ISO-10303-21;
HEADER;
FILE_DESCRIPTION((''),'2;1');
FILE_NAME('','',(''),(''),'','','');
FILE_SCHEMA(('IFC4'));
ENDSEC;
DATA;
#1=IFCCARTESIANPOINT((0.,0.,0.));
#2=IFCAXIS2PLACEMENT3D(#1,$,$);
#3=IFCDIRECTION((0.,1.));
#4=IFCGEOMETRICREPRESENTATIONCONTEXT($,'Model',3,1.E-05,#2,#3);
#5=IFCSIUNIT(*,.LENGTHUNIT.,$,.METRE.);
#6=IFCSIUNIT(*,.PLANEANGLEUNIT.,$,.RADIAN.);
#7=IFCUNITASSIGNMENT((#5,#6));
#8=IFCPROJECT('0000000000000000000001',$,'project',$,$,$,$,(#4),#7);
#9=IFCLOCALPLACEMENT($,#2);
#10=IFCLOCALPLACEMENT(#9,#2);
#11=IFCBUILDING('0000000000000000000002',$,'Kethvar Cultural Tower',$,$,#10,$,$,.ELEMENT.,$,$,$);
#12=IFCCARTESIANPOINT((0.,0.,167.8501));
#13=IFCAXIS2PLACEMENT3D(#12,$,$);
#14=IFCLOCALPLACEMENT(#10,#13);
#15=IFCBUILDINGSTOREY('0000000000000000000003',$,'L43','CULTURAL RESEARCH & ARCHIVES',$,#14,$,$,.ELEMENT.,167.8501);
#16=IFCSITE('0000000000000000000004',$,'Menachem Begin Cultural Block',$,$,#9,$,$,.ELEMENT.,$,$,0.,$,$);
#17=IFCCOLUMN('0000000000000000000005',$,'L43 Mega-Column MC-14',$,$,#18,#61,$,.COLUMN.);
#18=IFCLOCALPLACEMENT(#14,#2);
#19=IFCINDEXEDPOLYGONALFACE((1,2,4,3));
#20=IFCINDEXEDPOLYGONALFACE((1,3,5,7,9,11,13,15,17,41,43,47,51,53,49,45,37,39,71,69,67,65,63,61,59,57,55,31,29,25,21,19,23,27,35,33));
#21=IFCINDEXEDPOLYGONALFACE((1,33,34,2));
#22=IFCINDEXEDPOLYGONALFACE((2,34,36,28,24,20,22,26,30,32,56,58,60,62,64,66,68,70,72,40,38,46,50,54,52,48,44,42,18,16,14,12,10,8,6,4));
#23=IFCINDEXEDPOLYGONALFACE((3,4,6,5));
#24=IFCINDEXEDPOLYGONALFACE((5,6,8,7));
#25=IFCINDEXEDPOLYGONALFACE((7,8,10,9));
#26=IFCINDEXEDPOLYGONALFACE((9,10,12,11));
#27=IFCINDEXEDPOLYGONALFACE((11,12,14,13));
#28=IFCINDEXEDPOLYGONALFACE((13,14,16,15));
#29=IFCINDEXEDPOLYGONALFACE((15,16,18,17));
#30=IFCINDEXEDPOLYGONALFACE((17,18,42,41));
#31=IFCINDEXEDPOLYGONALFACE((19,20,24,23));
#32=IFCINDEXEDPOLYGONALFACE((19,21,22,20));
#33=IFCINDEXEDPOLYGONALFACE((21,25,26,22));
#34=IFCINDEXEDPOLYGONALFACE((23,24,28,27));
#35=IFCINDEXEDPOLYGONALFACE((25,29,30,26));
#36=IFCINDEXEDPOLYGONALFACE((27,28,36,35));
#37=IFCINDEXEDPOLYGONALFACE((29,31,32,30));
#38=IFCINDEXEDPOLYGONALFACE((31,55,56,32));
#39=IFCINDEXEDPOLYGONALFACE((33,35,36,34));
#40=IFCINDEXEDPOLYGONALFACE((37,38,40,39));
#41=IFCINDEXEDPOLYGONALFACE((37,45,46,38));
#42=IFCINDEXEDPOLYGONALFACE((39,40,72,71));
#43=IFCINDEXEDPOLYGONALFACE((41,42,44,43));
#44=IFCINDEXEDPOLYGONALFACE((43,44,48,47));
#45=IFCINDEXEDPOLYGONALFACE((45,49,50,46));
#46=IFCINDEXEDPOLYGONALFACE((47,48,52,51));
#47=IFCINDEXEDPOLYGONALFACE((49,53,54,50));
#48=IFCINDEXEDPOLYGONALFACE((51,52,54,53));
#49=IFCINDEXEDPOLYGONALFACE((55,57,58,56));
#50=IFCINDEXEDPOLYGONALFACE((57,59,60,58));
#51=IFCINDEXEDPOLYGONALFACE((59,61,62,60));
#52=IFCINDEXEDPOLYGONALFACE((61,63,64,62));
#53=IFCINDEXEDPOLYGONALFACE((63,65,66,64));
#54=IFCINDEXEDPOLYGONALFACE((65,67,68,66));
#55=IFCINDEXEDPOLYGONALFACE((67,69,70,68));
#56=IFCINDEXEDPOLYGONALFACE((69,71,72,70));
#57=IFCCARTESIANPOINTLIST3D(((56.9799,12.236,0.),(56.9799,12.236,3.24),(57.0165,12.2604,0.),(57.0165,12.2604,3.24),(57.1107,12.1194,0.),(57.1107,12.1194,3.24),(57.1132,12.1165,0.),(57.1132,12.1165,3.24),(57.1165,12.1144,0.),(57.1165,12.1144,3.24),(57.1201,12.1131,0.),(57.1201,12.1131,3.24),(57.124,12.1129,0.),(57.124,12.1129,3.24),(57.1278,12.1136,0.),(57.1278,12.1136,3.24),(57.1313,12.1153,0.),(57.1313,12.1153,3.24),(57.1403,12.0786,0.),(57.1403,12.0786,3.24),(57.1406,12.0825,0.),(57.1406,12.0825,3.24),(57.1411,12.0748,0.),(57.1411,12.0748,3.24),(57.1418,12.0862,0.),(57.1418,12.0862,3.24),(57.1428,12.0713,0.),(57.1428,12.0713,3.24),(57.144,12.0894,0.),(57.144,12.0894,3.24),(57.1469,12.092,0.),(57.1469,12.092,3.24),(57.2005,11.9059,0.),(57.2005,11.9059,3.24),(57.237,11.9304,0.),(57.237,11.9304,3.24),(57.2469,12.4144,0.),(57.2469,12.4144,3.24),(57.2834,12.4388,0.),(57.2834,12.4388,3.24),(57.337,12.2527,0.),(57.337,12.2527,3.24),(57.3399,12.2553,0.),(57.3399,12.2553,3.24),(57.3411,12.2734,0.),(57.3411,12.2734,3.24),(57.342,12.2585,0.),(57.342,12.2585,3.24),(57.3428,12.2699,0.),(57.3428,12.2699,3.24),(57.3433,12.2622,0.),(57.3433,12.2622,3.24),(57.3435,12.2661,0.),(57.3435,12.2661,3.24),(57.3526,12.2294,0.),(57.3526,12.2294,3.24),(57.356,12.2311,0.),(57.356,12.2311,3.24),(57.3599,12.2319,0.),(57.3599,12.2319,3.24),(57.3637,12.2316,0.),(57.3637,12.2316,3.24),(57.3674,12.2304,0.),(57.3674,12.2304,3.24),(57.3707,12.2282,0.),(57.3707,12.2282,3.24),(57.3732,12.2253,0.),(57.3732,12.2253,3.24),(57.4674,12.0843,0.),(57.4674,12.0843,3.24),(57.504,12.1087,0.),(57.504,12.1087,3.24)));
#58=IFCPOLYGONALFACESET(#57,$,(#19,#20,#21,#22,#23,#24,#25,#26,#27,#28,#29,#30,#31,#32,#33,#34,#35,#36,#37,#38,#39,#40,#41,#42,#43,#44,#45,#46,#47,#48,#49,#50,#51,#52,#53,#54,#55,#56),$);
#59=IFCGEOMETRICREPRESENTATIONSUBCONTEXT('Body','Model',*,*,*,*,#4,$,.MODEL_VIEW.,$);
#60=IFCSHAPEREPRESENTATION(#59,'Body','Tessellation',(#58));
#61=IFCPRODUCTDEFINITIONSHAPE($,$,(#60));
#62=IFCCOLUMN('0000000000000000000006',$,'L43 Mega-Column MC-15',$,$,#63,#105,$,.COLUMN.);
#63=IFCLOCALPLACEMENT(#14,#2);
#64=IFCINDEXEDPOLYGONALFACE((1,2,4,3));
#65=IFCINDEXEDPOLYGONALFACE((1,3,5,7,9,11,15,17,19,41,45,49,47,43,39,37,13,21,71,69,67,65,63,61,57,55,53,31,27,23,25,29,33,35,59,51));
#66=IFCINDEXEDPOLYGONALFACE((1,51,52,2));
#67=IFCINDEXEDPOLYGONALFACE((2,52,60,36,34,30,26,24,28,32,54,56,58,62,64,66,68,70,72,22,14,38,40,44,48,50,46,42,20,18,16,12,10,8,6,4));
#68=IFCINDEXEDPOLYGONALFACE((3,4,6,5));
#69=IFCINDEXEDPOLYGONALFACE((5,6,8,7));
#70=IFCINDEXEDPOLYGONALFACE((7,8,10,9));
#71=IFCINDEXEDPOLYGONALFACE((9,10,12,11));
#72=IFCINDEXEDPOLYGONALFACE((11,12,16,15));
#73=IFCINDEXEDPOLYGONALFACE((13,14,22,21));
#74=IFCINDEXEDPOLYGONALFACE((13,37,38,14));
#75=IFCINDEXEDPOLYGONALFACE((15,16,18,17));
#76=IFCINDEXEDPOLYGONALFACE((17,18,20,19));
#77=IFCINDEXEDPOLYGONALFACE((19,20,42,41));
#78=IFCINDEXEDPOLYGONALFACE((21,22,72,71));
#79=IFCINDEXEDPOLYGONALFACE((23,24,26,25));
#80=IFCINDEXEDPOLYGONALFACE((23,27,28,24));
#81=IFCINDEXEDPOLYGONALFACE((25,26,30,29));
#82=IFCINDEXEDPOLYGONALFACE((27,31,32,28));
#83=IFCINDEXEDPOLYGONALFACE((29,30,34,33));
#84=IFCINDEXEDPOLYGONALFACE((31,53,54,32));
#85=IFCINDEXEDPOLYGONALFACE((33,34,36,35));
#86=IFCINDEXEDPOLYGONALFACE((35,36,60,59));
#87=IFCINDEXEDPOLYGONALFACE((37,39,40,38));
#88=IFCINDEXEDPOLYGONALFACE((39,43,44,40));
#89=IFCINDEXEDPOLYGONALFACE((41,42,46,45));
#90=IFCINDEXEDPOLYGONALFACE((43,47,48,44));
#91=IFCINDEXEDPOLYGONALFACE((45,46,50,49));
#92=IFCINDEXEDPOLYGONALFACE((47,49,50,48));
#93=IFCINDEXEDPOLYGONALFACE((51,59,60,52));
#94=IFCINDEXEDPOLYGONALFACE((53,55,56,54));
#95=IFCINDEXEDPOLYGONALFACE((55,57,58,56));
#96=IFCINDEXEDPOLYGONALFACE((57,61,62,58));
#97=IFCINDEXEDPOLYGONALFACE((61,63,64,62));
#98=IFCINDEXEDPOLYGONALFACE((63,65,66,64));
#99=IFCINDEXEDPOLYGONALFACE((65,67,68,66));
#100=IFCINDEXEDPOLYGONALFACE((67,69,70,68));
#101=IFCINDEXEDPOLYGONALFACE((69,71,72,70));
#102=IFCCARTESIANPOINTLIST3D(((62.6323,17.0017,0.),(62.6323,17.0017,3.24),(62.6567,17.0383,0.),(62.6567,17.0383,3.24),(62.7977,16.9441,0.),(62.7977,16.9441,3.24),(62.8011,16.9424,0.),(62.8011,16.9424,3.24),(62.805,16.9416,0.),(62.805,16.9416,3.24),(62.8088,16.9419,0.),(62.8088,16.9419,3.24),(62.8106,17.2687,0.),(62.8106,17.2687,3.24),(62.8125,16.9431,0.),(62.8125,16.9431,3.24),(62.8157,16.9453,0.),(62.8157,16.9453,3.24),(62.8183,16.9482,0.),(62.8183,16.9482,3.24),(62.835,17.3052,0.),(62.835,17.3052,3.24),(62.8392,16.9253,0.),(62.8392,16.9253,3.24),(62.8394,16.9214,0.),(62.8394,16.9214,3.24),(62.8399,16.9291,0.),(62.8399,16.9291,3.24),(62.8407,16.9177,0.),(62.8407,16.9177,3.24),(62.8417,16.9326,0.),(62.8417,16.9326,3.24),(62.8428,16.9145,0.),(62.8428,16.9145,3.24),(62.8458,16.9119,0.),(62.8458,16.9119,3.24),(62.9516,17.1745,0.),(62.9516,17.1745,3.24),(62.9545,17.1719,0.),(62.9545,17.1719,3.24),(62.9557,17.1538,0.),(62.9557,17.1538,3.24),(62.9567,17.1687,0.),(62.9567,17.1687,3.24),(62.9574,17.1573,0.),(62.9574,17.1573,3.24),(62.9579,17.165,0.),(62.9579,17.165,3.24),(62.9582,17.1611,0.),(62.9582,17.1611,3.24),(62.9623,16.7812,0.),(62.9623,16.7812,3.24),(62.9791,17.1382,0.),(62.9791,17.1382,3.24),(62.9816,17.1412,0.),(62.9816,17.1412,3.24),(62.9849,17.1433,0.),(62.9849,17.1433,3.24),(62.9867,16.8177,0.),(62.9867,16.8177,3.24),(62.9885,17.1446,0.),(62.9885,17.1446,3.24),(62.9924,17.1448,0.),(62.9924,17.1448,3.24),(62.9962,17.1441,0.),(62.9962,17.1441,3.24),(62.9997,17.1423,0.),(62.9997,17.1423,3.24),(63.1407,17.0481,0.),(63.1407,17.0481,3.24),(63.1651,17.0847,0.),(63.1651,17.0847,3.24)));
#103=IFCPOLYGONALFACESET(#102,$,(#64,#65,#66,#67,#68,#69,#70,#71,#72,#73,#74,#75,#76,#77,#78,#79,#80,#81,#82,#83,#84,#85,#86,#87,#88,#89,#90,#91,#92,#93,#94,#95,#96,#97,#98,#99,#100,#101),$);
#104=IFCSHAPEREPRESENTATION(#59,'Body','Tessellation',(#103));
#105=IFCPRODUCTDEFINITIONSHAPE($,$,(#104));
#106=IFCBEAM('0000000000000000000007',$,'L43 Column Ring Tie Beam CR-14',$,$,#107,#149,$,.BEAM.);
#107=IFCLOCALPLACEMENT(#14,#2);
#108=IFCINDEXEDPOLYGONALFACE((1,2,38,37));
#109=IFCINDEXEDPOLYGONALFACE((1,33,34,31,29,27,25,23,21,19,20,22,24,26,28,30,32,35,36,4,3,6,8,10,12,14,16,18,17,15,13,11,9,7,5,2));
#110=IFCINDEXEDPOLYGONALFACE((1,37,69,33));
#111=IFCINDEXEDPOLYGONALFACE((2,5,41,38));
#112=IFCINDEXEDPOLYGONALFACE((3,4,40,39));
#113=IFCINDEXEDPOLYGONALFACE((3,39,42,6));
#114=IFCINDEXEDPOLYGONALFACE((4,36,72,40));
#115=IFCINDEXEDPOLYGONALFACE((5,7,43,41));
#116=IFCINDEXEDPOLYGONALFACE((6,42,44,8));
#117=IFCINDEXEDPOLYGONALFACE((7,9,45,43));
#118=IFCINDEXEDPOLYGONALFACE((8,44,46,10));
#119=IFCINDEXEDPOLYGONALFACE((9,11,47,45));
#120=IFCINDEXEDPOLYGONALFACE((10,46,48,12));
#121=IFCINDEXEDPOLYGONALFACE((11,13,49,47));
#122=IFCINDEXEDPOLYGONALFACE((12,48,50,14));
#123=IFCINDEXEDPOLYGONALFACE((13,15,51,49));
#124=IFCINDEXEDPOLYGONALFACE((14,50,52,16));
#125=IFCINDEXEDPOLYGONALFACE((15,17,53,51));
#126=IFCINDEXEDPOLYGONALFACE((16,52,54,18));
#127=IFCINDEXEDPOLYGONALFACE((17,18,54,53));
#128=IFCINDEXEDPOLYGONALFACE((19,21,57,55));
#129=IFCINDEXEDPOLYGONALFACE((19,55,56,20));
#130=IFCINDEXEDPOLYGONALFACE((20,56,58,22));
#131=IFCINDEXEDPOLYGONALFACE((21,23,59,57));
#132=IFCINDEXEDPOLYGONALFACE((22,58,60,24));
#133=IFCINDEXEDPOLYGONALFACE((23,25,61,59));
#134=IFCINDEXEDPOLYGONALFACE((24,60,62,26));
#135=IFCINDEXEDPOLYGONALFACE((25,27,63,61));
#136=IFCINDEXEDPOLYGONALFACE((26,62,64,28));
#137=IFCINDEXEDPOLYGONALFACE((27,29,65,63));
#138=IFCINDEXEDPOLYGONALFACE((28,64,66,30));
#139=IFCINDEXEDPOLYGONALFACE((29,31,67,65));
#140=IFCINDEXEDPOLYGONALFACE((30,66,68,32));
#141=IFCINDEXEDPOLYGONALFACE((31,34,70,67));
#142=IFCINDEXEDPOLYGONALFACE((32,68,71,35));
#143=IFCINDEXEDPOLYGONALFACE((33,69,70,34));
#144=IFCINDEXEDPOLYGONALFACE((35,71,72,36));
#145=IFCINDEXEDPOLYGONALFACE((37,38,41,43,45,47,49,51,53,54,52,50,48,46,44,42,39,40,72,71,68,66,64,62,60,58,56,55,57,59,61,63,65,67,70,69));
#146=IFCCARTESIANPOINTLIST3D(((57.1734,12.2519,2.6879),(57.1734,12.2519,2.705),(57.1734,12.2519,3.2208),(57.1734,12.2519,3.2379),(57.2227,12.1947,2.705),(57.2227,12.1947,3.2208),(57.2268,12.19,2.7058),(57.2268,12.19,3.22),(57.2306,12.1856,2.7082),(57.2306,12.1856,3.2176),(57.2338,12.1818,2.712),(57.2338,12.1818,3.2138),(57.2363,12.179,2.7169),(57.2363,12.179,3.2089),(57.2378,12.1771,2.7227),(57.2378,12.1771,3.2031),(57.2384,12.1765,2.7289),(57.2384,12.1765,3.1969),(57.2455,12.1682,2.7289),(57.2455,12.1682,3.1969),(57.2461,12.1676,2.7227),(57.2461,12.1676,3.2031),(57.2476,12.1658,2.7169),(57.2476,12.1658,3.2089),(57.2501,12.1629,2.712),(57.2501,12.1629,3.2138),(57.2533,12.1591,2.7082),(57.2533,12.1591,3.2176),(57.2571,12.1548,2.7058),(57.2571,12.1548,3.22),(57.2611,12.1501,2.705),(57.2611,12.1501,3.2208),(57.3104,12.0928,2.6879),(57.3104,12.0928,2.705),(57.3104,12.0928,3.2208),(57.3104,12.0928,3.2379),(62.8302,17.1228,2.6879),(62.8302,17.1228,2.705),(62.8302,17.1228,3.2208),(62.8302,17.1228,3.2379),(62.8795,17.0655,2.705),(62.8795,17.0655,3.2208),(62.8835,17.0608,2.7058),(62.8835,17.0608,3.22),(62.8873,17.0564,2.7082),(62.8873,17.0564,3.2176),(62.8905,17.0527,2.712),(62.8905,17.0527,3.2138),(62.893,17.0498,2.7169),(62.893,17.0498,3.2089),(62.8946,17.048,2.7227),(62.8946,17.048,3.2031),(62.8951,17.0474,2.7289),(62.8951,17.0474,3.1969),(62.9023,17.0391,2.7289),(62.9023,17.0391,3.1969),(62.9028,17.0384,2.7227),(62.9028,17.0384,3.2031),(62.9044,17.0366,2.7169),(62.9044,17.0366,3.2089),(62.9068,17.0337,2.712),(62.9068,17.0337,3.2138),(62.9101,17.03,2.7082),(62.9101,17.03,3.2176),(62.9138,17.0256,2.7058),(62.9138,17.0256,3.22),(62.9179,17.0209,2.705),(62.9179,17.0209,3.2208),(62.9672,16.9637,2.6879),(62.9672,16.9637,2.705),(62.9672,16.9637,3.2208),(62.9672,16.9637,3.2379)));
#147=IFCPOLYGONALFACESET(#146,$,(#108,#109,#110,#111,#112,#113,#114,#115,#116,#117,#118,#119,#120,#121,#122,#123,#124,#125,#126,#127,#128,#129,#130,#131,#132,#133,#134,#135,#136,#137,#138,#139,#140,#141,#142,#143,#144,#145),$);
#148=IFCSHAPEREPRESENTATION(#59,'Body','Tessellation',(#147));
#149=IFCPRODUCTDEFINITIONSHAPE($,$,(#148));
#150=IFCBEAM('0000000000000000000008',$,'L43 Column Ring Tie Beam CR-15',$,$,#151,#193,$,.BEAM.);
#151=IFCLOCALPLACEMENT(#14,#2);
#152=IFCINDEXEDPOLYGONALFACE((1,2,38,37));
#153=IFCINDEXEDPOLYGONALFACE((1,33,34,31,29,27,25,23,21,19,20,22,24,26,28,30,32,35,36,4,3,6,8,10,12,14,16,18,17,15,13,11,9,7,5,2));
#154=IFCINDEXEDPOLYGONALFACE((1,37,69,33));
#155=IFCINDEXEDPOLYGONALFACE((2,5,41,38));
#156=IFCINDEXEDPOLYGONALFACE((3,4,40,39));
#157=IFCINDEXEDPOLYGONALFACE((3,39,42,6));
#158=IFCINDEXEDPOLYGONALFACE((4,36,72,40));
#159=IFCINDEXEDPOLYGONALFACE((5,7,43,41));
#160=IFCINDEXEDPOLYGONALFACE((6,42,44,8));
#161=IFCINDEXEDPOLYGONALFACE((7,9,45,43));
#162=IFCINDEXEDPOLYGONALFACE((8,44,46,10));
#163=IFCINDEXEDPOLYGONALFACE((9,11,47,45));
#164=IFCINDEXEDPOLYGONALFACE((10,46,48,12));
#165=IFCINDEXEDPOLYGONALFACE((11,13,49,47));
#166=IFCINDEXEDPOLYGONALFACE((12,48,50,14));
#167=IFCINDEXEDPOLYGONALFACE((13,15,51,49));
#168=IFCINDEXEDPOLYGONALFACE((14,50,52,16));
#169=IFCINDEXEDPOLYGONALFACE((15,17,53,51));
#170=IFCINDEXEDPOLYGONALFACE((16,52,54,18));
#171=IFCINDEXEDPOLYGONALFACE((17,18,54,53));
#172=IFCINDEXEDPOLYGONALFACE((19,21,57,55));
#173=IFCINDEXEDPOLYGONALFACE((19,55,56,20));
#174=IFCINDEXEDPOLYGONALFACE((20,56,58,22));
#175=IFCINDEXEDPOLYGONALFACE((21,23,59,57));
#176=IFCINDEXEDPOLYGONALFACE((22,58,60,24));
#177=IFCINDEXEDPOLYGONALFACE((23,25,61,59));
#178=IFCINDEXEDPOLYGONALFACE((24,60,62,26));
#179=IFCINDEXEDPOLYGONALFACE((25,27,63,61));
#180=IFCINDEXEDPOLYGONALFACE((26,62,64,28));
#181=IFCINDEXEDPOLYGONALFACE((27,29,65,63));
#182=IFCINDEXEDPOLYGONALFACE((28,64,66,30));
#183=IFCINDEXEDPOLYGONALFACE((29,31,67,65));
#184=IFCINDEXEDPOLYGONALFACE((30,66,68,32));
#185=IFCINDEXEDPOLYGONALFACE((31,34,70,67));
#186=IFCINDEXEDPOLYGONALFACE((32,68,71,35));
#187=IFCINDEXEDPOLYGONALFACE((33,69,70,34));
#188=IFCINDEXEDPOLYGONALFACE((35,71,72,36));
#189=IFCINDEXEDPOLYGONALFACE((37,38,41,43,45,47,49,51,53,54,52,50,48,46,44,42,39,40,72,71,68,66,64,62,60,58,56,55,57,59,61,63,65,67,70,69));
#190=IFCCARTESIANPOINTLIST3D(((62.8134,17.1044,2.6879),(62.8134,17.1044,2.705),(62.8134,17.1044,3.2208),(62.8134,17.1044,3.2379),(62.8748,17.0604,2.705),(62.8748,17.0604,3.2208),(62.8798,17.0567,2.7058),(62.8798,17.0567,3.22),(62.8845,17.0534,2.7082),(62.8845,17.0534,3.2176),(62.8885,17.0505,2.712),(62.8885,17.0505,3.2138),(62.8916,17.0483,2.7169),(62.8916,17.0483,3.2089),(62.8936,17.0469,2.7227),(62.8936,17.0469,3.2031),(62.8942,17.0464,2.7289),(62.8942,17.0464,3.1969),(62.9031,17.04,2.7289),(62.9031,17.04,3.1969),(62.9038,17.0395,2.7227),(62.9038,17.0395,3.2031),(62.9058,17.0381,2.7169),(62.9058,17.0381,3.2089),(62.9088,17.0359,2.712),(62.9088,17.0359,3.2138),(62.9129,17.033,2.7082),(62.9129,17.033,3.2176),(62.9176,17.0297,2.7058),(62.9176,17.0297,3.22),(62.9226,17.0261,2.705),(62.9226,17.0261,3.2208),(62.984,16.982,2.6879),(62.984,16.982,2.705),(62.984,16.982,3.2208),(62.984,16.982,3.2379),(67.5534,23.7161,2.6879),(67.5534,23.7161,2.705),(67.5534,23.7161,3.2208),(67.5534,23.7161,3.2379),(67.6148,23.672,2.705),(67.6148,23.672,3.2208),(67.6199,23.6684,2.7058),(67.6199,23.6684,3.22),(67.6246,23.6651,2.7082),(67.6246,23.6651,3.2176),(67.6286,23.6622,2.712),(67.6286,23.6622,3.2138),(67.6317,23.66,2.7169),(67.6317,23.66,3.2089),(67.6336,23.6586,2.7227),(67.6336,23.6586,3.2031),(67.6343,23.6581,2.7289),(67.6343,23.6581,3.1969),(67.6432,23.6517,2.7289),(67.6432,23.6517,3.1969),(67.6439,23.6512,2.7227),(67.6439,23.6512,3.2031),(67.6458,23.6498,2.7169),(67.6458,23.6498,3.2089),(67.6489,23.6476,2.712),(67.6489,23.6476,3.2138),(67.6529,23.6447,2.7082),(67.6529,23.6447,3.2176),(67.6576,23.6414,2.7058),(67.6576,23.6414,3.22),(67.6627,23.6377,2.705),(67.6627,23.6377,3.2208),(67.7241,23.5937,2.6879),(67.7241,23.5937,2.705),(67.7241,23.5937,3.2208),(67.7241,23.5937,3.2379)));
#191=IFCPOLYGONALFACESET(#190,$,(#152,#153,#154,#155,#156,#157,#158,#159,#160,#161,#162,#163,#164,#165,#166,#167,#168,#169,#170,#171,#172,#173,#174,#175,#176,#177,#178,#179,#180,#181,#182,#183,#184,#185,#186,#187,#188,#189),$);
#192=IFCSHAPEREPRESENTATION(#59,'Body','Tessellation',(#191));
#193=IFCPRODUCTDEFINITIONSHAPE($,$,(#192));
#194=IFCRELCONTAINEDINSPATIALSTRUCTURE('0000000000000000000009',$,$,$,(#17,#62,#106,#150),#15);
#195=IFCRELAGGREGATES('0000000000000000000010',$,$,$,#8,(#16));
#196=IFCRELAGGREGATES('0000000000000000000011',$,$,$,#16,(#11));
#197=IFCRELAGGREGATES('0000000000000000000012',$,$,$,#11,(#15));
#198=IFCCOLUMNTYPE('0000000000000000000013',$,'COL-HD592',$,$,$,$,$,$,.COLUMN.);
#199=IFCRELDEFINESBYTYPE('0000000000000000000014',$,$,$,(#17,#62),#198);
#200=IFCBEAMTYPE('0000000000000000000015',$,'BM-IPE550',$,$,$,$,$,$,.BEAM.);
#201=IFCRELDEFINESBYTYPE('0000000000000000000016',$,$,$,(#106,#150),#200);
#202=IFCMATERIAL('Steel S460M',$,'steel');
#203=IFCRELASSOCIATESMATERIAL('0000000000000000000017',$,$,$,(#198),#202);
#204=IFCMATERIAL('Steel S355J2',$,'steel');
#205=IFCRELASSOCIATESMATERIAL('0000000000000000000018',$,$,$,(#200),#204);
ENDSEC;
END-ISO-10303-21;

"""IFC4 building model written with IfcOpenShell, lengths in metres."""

from ifc_helpers import new_model, si_unit, direction, frame, origin, origin_2d, place, context, subcontext, project, spatial, i_section, extrude, source, transform, mapped, material, material_profile, profile_set, type_object, element, save


model = new_model("IFC4")

# Units and contexts
model_context = context("Model", 3, precision=1e-05, world=origin(), true_north=direction((0.0, 1.0)))
body_context = subcontext(model_context, "Body", "Model", "MODEL_VIEW")
ifc_project = project(units=[si_unit("LENGTHUNIT", "METRE"), si_unit("PLANEANGLEUNIT", "RADIAN")], contexts=[model_context])

# Site, building, storey
site_placement = place(None, origin())
site = spatial("IfcSite", under=ifc_project, at=site_placement, Name="Menachem Begin Cultural Block", CompositionType="ELEMENT", RefElevation=0.0)
building_placement = place(site_placement, origin())
building = spatial("IfcBuilding", under=site, at=building_placement, Name="Kethvar Cultural Tower", CompositionType="ELEMENT")
storey_placement = place(building_placement, frame((0.0, 0.0, 167.8501)))
storey = spatial("IfcBuildingStorey", under=building, at=storey_placement, Name="L43", Description="CULTURAL RESEARCH & ARCHIVES", CompositionType="ELEMENT", Elevation=167.8501)

# Columns
ifc_material_1 = material(Name="Steel S460M", Category="steel")
ifc_material_profile_1 = material_profile(ifc_material_1, i_section(OverallWidth=0.397, OverallDepth=0.365, WebThickness=0.0281, FlangeThickness=0.0439, FilletRadius=0.0149, at=origin_2d()), Name="Steel S460M — HD400x592")
ifc_profile_set_1 = profile_set([ifc_material_profile_1], Name="Steel S460M — HD400x592")
column_type = type_object("IfcColumnType", Name="COL-HD592", PredefinedType="COLUMN", material=ifc_profile_set_1)
shared_shape_1 = source(origin(), body_context, "Body", "SweptSolid", [
    extrude(i_section(OverallWidth=0.397, OverallDepth=0.365, WebThickness=0.0281, FlangeThickness=0.0439, FilletRadius=0.0149, at=origin_2d()), origin(), (0.0, 0.0, 1.0), 3.24),
])
for number, where, z_axis, x_axis, name in (
    (1, (57.2419, 12.1724, 0.0), (0.0, 0.0, 1.0), (0.55557, -0.83147, 0.0), "L43 Mega-Column MC-14"),
    (2, (62.8987, 17.0432, 0.0), (0.0, 0.0, 1.0), (0.83147, -0.55557, 0.0), "L43 Mega-Column MC-15"),
):
    element("IfcColumn", number, at=place(storey_placement, frame(where, z_axis=z_axis, x_axis=x_axis)), inside=storey, type_object=column_type, Name=name, PredefinedType="COLUMN", context=body_context, shape_type="MappedRepresentation", body=[
        mapped(shared_shape_1, transform((0.0, 0.0, 0.0), scale=1.0)),
    ])

# Beams
ifc_material_2 = material(Name="Steel S355J2", Category="steel")
ifc_material_profile_2 = material_profile(ifc_material_2, i_section(OverallWidth=0.21, OverallDepth=0.55, WebThickness=0.011, FlangeThickness=0.0171, FilletRadius=0.0239, at=origin_2d()), Name="Steel S355J2 — IPE550")
ifc_profile_set_2 = profile_set([ifc_material_profile_2], Name="Steel S355J2 — IPE550")
beam_type_1 = type_object("IfcBeamType", Name="BM-IPE550", PredefinedType="BEAM", material=ifc_profile_set_2)
shared_shape_2 = source(origin(), body_context, "Body", "SweptSolid", [
    extrude(i_section(OverallWidth=0.21, OverallDepth=0.55, WebThickness=0.011, FlangeThickness=0.0171, FilletRadius=0.0239, at=origin_2d()), origin(), (0.0, 0.0, 1.0), 7.4648),
])
beam_1_placement = place(storey_placement, frame((57.2419, 12.1724, 2.9629), z_axis=(0.757784, 0.652505, 0.0), x_axis=(-0.652505, 0.757784, 0.0)))
element("IfcBeam", 3, at=beam_1_placement, inside=storey, type_object=beam_type_1, Name="L43 Column Ring Tie Beam CR-14", PredefinedType="BEAM", context=body_context, shape_type="MappedRepresentation", body=[
    mapped(shared_shape_2, transform((0.0, 0.0, 0.0), scale=1.0)),
])
shared_shape_3 = source(origin(), body_context, "Body", "SweptSolid", [
    extrude(i_section(OverallWidth=0.21, OverallDepth=0.55, WebThickness=0.011, FlangeThickness=0.0171, FilletRadius=0.0239, at=origin_2d()), origin(), (0.0, 0.0, 1.0), 8.1353),
])
beam_2_placement = place(storey_placement, frame((62.8987, 17.0432, 2.9629), z_axis=(0.582657, 0.812718, 0.0), x_axis=(-0.812718, 0.582657, 0.0)))
element("IfcBeam", 4, at=beam_2_placement, inside=storey, type_object=beam_type_1, Name="L43 Column Ring Tie Beam CR-15", PredefinedType="BEAM", context=body_context, shape_type="MappedRepresentation", body=[
    mapped(shared_shape_3, transform((0.0, 0.0, 0.0), scale=1.0)),
])

save(model, "model.ifc")
